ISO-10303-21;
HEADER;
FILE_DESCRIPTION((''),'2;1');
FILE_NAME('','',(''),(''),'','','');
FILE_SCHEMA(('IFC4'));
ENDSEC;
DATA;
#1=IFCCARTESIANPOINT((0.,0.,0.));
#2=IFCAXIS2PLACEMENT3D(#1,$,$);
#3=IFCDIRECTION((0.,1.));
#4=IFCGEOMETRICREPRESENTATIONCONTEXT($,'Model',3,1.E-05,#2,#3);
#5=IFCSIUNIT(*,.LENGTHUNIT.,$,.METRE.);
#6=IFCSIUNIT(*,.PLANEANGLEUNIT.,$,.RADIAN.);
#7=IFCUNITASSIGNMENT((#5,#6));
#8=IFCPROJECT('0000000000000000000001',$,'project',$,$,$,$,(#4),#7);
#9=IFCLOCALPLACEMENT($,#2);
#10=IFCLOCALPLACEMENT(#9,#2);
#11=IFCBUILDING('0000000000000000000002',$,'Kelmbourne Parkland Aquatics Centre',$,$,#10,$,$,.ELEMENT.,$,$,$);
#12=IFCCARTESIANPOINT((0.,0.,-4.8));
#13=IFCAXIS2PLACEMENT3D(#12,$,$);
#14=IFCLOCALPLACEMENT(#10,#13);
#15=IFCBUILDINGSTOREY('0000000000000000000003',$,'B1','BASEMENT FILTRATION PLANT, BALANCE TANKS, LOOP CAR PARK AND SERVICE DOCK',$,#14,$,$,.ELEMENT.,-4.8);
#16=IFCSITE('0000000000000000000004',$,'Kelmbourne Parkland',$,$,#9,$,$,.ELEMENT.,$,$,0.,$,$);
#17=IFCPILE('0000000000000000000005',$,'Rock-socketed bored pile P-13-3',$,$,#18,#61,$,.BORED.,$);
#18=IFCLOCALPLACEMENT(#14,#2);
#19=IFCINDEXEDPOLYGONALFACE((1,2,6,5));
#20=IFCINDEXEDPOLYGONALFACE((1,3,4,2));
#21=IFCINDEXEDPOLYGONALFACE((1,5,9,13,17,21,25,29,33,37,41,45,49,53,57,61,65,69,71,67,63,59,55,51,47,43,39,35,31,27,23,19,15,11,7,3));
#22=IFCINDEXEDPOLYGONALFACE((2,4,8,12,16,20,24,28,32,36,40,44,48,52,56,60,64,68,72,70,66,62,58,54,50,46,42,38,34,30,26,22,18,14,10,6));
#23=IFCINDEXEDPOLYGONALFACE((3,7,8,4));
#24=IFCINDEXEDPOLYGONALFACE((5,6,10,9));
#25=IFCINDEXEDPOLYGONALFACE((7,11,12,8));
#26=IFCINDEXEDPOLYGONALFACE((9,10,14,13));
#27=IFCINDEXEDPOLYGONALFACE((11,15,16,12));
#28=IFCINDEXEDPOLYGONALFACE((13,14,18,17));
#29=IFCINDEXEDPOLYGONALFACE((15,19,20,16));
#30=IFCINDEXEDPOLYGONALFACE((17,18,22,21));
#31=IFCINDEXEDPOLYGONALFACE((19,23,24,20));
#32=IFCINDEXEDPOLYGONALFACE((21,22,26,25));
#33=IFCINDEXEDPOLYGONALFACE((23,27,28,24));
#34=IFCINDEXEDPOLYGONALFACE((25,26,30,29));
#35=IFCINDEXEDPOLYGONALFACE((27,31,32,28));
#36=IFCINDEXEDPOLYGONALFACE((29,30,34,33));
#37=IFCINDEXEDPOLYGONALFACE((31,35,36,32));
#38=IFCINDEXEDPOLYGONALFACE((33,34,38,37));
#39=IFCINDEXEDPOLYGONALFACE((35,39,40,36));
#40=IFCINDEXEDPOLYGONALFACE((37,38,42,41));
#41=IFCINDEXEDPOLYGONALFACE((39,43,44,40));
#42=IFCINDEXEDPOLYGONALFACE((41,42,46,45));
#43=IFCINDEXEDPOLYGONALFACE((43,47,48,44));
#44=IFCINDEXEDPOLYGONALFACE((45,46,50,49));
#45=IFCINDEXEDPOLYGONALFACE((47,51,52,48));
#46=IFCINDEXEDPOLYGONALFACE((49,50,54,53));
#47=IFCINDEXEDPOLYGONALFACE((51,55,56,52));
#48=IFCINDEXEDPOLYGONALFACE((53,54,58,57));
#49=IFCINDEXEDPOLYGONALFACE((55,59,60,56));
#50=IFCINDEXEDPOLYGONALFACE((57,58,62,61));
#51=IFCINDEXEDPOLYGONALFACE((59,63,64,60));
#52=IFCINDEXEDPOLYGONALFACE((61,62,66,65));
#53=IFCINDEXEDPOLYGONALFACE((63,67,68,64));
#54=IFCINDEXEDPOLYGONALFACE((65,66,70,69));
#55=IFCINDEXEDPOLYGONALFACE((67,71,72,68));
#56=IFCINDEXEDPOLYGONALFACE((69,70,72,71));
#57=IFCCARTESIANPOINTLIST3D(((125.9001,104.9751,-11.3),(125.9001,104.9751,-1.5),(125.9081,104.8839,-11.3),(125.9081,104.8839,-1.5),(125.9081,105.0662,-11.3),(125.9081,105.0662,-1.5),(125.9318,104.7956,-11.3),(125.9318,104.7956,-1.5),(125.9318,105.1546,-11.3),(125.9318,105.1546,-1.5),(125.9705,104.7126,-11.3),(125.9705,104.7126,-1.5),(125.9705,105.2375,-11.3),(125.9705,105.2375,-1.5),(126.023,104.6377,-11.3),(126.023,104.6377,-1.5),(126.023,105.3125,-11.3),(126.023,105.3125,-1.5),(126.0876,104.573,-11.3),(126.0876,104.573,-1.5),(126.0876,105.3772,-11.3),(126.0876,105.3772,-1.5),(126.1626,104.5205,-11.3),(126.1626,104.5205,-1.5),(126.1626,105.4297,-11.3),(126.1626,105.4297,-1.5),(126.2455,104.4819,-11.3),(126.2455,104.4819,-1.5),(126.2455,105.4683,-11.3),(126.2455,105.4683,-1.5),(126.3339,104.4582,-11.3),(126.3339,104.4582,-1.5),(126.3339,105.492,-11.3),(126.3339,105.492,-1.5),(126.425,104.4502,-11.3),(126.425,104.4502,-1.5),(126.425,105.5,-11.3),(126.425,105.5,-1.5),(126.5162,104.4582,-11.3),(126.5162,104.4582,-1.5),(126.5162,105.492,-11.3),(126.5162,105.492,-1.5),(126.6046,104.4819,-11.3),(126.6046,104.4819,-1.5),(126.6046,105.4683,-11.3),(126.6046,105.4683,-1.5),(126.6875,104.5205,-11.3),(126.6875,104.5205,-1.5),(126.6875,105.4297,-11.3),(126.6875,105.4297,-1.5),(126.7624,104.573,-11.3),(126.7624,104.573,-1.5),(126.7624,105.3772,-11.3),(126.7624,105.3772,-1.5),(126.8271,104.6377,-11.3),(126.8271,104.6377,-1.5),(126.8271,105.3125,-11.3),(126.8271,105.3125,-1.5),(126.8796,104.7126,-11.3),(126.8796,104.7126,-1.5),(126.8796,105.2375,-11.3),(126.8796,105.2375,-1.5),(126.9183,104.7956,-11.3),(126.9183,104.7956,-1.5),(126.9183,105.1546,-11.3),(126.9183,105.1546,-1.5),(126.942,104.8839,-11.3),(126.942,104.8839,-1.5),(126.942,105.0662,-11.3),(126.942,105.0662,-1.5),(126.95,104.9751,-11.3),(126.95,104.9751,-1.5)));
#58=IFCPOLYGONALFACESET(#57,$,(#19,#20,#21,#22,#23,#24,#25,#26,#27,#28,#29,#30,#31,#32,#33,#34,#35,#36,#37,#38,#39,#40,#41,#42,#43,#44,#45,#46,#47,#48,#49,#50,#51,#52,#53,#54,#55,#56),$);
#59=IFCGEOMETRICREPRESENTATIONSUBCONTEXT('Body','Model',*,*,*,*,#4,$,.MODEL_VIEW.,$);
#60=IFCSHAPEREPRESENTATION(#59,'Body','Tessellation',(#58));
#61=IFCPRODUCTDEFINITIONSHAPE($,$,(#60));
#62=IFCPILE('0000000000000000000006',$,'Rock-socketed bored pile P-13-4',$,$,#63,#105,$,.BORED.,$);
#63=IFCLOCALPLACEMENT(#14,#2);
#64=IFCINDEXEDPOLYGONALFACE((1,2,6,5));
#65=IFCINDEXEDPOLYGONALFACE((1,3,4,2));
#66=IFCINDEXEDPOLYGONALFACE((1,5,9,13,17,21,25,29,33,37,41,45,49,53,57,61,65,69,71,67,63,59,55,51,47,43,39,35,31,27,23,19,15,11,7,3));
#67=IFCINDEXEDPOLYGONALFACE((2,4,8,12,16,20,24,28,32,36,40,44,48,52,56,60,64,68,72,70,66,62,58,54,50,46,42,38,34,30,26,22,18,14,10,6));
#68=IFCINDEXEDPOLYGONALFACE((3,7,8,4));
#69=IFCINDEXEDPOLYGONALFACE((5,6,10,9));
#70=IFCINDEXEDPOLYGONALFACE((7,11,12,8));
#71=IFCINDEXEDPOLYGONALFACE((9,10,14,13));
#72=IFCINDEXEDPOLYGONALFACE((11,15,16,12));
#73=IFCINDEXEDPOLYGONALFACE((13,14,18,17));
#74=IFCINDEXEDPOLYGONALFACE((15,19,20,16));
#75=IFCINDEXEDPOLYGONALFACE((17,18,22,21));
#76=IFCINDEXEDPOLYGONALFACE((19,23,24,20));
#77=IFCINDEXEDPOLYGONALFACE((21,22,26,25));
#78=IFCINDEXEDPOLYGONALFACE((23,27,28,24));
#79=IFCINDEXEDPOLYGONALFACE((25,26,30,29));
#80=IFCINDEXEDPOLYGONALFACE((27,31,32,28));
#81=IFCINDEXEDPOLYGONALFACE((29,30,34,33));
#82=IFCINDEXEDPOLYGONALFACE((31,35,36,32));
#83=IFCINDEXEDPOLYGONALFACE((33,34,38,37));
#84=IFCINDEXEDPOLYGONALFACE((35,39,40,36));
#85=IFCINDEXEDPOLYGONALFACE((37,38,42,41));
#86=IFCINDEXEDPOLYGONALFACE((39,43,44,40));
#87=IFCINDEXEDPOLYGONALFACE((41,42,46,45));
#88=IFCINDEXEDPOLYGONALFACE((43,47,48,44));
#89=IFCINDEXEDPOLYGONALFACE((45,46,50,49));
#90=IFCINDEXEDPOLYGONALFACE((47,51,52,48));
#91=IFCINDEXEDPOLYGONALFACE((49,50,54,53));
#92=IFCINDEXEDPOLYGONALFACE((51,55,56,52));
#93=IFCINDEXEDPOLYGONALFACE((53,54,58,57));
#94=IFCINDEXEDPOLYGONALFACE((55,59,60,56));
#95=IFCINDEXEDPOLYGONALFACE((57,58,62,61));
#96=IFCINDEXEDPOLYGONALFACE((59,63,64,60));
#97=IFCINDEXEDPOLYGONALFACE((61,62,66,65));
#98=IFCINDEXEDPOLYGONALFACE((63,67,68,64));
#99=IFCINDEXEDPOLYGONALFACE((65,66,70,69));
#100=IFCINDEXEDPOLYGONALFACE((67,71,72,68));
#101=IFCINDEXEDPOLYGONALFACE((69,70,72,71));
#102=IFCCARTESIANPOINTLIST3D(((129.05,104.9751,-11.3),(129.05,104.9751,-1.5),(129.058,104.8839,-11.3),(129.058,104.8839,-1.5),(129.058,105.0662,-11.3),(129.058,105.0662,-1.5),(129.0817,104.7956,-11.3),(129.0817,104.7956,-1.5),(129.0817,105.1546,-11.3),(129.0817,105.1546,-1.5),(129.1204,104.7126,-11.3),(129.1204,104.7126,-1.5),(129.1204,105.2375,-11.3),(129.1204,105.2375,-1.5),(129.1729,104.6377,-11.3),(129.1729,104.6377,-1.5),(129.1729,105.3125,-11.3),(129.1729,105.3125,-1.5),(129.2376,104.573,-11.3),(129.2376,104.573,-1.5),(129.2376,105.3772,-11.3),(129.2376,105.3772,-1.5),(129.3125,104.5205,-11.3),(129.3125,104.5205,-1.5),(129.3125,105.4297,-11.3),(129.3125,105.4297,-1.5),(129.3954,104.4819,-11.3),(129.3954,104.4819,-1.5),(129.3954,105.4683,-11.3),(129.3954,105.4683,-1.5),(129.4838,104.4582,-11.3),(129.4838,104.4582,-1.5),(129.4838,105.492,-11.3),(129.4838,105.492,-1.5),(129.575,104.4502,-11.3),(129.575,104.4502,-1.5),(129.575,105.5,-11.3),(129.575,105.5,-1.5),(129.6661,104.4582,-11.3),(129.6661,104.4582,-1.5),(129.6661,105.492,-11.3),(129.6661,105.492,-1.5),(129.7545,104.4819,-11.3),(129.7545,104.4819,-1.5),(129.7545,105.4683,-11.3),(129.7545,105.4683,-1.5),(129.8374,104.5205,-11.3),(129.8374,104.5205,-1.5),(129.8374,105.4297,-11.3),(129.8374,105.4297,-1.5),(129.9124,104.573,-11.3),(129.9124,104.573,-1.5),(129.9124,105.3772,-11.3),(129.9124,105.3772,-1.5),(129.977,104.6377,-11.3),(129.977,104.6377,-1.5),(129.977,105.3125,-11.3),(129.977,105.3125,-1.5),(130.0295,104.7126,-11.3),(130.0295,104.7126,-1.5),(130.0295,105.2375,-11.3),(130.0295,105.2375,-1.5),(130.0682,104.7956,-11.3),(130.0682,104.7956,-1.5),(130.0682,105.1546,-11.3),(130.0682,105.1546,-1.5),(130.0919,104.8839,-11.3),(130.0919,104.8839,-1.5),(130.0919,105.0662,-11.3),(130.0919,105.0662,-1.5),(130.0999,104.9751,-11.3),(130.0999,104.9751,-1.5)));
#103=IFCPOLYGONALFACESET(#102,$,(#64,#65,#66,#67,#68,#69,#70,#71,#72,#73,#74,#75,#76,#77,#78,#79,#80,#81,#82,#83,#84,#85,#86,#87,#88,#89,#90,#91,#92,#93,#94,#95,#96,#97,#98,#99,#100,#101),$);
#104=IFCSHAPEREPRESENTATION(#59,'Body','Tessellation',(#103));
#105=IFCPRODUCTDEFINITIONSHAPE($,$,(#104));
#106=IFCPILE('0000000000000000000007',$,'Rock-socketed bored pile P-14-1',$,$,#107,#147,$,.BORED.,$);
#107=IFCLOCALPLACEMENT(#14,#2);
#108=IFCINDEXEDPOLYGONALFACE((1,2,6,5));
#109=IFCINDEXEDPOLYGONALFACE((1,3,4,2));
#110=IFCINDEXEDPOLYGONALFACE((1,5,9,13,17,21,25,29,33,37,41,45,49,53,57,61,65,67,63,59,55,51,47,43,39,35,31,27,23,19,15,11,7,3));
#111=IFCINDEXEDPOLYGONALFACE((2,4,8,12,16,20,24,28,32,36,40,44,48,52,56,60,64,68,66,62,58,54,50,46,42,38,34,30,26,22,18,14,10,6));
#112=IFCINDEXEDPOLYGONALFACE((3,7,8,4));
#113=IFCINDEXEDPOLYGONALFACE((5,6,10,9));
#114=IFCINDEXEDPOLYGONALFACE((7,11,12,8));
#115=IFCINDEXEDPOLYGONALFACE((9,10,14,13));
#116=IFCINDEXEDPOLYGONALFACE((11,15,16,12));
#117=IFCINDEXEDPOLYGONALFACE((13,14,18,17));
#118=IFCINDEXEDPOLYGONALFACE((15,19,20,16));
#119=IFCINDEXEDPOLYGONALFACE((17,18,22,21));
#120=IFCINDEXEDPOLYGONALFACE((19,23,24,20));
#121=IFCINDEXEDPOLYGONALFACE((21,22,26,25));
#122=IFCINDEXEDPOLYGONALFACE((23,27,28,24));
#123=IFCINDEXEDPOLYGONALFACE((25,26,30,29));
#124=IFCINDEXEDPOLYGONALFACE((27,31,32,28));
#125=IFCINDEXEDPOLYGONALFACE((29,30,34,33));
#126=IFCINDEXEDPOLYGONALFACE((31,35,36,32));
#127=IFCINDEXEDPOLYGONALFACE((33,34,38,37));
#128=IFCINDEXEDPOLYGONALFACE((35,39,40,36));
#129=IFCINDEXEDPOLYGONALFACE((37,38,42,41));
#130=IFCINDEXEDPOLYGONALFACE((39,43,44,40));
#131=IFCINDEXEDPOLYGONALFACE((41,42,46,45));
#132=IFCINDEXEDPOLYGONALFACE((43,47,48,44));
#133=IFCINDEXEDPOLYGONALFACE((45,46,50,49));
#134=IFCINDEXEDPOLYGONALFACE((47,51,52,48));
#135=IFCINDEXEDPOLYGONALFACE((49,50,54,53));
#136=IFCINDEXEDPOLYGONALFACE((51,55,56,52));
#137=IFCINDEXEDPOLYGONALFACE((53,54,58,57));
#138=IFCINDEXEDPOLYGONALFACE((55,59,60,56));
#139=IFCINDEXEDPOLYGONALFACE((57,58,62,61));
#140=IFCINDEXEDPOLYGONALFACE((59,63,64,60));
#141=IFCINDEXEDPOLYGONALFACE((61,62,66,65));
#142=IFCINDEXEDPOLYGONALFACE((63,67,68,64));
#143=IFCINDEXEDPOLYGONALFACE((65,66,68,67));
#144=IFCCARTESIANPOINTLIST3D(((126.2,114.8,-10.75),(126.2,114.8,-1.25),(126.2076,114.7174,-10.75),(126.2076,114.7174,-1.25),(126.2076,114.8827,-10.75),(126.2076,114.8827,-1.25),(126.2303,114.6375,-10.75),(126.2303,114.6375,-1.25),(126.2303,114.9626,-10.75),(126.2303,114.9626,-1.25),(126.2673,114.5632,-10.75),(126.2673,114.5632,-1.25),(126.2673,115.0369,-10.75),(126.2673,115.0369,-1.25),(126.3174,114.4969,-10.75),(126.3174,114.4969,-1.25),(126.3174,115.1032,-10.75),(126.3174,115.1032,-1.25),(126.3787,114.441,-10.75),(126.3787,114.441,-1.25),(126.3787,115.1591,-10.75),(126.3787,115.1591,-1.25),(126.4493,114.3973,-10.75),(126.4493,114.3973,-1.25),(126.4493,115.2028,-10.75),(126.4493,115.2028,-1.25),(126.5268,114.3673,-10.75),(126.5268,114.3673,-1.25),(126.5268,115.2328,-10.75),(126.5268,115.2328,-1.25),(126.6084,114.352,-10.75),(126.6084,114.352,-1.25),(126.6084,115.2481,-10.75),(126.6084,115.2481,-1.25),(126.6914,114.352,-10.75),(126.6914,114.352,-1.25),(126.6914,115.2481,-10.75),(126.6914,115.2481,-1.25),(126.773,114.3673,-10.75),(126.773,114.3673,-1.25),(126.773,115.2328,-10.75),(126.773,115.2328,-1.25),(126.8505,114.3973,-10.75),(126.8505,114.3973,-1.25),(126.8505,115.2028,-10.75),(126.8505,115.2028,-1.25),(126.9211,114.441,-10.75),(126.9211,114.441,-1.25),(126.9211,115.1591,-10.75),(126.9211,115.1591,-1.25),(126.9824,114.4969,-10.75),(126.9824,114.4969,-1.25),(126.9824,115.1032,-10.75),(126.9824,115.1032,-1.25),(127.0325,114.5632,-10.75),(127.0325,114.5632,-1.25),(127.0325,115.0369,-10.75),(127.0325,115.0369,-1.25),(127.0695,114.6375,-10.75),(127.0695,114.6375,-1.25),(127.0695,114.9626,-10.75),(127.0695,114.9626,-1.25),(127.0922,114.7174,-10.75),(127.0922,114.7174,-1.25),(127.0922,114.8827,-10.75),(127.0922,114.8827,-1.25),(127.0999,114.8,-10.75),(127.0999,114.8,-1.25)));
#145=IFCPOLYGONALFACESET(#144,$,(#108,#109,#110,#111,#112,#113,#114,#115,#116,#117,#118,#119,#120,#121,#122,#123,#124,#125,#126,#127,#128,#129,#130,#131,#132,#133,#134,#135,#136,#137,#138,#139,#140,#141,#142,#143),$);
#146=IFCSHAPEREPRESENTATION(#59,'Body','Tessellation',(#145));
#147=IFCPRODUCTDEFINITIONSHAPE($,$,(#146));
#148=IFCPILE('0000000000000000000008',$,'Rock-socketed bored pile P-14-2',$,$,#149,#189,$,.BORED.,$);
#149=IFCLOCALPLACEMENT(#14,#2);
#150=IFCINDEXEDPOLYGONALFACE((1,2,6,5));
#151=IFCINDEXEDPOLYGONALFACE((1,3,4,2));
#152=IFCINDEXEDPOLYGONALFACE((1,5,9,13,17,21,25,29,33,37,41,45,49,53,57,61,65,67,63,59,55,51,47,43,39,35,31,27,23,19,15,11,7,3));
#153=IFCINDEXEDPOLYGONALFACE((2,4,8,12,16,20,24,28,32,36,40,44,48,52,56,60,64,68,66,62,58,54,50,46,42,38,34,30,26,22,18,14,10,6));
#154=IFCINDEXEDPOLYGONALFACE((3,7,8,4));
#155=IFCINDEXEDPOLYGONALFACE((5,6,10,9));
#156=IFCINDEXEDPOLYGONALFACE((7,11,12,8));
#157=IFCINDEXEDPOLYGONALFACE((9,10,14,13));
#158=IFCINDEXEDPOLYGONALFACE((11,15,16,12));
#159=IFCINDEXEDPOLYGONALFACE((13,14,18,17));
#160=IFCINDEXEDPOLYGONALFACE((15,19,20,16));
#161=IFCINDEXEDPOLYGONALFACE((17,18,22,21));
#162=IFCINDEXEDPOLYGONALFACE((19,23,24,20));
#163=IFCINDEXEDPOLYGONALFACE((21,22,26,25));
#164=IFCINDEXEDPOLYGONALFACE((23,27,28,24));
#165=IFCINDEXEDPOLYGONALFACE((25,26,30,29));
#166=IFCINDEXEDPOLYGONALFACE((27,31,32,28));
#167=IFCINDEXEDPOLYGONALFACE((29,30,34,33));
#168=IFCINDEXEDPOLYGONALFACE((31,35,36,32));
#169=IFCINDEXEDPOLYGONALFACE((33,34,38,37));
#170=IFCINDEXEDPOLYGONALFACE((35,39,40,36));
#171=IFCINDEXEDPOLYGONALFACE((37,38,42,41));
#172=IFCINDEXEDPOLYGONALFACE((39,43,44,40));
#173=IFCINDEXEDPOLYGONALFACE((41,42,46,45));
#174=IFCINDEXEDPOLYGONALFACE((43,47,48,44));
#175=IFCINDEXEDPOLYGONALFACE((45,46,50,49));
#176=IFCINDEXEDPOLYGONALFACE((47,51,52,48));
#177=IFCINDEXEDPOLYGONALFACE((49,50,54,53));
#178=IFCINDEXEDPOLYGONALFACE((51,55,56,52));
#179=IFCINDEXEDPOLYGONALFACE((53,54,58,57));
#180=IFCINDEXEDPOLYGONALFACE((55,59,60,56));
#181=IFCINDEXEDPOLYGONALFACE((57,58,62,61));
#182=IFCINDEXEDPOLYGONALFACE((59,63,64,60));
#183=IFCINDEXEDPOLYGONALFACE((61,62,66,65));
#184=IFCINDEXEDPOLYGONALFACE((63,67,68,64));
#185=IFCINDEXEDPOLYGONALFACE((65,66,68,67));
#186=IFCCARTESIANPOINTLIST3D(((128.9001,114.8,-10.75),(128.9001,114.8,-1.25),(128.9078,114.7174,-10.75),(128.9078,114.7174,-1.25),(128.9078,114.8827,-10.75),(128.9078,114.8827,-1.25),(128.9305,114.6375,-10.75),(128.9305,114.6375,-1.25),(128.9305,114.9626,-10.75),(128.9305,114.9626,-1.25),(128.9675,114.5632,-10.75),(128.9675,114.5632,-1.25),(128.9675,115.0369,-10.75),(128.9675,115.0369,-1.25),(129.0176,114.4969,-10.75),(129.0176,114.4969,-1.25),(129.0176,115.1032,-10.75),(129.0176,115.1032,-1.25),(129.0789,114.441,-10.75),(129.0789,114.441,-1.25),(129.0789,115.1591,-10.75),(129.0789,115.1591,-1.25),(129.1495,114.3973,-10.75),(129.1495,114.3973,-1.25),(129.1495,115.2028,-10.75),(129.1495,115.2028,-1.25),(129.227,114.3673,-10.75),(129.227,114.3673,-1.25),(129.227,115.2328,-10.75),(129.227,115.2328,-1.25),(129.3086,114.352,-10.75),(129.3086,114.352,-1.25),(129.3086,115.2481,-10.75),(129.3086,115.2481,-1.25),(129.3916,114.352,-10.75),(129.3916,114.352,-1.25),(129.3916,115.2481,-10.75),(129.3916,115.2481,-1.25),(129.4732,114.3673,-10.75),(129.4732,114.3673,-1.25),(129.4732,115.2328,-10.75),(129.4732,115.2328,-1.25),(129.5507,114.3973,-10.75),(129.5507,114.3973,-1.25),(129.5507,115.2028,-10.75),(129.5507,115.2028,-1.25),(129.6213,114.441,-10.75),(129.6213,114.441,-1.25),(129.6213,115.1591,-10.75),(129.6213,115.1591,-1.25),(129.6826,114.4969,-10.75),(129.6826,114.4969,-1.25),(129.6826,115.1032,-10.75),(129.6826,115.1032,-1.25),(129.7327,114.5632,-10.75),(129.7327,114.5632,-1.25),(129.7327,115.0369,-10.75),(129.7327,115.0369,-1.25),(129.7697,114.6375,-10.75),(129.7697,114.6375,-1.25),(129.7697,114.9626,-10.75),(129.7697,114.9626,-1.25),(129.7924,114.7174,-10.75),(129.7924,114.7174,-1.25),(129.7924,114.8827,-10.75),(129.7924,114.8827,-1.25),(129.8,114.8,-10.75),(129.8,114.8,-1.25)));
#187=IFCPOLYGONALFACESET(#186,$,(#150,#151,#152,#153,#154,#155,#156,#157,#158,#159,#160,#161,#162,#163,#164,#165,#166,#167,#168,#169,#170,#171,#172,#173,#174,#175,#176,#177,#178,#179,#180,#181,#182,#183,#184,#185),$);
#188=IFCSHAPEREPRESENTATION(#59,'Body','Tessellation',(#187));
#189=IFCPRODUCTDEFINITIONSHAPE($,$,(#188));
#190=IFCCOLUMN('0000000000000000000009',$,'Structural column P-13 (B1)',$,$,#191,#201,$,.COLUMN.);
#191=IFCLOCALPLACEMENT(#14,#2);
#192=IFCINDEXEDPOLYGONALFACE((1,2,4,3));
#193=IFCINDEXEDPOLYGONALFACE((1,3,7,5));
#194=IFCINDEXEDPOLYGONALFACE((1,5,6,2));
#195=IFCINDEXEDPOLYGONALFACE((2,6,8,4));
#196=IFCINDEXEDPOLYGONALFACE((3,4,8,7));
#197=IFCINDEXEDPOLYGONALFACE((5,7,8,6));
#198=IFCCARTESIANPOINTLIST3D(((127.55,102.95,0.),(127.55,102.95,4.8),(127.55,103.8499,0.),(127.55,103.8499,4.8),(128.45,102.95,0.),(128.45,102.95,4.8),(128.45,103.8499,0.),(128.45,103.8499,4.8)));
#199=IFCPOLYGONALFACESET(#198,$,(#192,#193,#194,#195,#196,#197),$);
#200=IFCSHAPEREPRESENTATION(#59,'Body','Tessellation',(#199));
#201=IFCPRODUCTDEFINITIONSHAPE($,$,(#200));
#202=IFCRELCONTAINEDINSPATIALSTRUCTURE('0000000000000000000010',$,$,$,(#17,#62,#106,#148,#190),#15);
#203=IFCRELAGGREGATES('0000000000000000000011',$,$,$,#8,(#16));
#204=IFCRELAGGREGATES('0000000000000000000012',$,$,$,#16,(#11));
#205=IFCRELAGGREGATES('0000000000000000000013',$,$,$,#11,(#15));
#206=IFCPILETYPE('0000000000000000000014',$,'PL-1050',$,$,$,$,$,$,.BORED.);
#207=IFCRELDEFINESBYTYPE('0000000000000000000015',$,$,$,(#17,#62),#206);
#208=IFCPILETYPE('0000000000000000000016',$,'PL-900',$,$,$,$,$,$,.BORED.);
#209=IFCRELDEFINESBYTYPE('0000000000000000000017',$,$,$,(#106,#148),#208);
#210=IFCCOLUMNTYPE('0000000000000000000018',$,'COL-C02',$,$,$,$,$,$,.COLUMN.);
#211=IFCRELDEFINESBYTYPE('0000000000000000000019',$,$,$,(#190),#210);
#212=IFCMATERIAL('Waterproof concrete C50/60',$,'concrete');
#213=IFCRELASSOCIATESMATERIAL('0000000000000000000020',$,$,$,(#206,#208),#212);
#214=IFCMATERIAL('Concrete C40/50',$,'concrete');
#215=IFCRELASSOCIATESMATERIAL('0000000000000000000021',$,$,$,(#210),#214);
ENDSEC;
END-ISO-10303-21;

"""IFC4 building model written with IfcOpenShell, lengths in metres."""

from ifc_helpers import new_model, si_unit, direction, frame, origin, origin_2d, place, context, subcontext, project, spatial, rectangle, circle, extrude, material, material_profile, profile_set, type_object, element, save


model = new_model("IFC4")

# Units and contexts
model_context = context("Model", 3, precision=1e-05, world=origin(), true_north=direction((0.0, 1.0)))
body_context = subcontext(model_context, "Body", "Model", "MODEL_VIEW")
ifc_project = project(units=[si_unit("LENGTHUNIT", "METRE"), si_unit("PLANEANGLEUNIT", "RADIAN")], contexts=[model_context])

# Site, building, storey
site_placement = place(None, origin())
site = spatial("IfcSite", under=ifc_project, at=site_placement, Name="Kelmbourne Parkland", CompositionType="ELEMENT", RefElevation=0.0)
building_placement = place(site_placement, origin())
building = spatial("IfcBuilding", under=site, at=building_placement, Name="Kelmbourne Parkland Aquatics Centre", CompositionType="ELEMENT")
storey_placement = place(building_placement, frame((0.0, 0.0, -4.8)))
storey = spatial("IfcBuildingStorey", under=building, at=storey_placement, Name="B1", Description="BASEMENT FILTRATION PLANT, BALANCE TANKS, LOOP CAR PARK AND SERVICE DOCK", CompositionType="ELEMENT", Elevation=-4.8)

# Shared definitions
ifc_material_1 = material(Name="Waterproof concrete C50/60", Category="concrete")

# Piles
ifc_material_profile_1 = material_profile(ifc_material_1, circle(Radius=0.5249, at=origin_2d()), Name="PILE D1050")
ifc_profile_set_1 = profile_set([ifc_material_profile_1], Name="Waterproof concrete C50/60")
pile_type_1 = type_object("IfcPileType", Name="PL-1050", PredefinedType="BORED", material=ifc_profile_set_1)
for number, where, z_axis, x_axis, name in (
    (1, (126.425, 104.9751, -1.5), (0.0, 0.0, -1.0), (1.0, 0.0, 0.0), "Rock-socketed bored pile P-13-3"),
    (2, (129.575, 104.9751, -1.5), (0.0, 0.0, -1.0), (1.0, 0.0, 0.0), "Rock-socketed bored pile P-13-4"),
):
    element("IfcPile", number, at=place(storey_placement, frame(where, z_axis=z_axis, x_axis=x_axis)), inside=storey, type_object=pile_type_1, Name=name, PredefinedType="BORED", context=body_context, shape_type="SweptSolid", body=[
        extrude(circle(Radius=0.5249, at=origin_2d()), origin(), (0.0, 0.0, 1.0), 9.8),
    ])
ifc_material_profile_2 = material_profile(ifc_material_1, circle(Radius=0.45, at=origin_2d()), Name="PILE D900")
ifc_profile_set_2 = profile_set([ifc_material_profile_2], Name="Waterproof concrete C50/60")
pile_type_2 = type_object("IfcPileType", Name="PL-900", PredefinedType="BORED", material=ifc_profile_set_2)
for number, where, z_axis, x_axis, name in (
    (3, (126.6499, 114.8, -1.25), (0.0, 0.0, -1.0), (1.0, 0.0, 0.0), "Rock-socketed bored pile P-14-1"),
    (4, (129.3501, 114.8, -1.25), (0.0, 0.0, -1.0), (1.0, 0.0, 0.0), "Rock-socketed bored pile P-14-2"),
):
    element("IfcPile", number, at=place(storey_placement, frame(where, z_axis=z_axis, x_axis=x_axis)), inside=storey, type_object=pile_type_2, Name=name, PredefinedType="BORED", context=body_context, shape_type="SweptSolid", body=[
        extrude(circle(Radius=0.45, at=origin_2d()), origin(), (0.0, 0.0, 1.0), 9.5),
    ])

# Column
ifc_material_2 = material(Name="Concrete C40/50", Category="concrete")
ifc_material_profile_3 = material_profile(ifc_material_2, rectangle(XDim=0.8999, YDim=0.8999, at=origin_2d()), Name="RC 900x900")
ifc_profile_set_3 = profile_set([ifc_material_profile_3], Name="Concrete C40/50")
column_type_1 = type_object("IfcColumnType", Name="COL-C02", PredefinedType="COLUMN", material=ifc_profile_set_3)
column_1_placement = place(storey_placement, frame((128.0, 103.3999, 0.0), z_axis=(0.0, 0.0, 1.0), x_axis=(1.0, 0.0, 0.0)))
element("IfcColumn", 5, at=column_1_placement, inside=storey, type_object=column_type_1, Name="Structural column P-13 (B1)", PredefinedType="COLUMN", context=body_context, shape_type="SweptSolid", body=[
    extrude(rectangle(XDim=0.8999, YDim=0.8999, at=origin_2d()), origin(), (0.0, 0.0, 1.0), 4.8),
])

save(model, "model.ifc")
